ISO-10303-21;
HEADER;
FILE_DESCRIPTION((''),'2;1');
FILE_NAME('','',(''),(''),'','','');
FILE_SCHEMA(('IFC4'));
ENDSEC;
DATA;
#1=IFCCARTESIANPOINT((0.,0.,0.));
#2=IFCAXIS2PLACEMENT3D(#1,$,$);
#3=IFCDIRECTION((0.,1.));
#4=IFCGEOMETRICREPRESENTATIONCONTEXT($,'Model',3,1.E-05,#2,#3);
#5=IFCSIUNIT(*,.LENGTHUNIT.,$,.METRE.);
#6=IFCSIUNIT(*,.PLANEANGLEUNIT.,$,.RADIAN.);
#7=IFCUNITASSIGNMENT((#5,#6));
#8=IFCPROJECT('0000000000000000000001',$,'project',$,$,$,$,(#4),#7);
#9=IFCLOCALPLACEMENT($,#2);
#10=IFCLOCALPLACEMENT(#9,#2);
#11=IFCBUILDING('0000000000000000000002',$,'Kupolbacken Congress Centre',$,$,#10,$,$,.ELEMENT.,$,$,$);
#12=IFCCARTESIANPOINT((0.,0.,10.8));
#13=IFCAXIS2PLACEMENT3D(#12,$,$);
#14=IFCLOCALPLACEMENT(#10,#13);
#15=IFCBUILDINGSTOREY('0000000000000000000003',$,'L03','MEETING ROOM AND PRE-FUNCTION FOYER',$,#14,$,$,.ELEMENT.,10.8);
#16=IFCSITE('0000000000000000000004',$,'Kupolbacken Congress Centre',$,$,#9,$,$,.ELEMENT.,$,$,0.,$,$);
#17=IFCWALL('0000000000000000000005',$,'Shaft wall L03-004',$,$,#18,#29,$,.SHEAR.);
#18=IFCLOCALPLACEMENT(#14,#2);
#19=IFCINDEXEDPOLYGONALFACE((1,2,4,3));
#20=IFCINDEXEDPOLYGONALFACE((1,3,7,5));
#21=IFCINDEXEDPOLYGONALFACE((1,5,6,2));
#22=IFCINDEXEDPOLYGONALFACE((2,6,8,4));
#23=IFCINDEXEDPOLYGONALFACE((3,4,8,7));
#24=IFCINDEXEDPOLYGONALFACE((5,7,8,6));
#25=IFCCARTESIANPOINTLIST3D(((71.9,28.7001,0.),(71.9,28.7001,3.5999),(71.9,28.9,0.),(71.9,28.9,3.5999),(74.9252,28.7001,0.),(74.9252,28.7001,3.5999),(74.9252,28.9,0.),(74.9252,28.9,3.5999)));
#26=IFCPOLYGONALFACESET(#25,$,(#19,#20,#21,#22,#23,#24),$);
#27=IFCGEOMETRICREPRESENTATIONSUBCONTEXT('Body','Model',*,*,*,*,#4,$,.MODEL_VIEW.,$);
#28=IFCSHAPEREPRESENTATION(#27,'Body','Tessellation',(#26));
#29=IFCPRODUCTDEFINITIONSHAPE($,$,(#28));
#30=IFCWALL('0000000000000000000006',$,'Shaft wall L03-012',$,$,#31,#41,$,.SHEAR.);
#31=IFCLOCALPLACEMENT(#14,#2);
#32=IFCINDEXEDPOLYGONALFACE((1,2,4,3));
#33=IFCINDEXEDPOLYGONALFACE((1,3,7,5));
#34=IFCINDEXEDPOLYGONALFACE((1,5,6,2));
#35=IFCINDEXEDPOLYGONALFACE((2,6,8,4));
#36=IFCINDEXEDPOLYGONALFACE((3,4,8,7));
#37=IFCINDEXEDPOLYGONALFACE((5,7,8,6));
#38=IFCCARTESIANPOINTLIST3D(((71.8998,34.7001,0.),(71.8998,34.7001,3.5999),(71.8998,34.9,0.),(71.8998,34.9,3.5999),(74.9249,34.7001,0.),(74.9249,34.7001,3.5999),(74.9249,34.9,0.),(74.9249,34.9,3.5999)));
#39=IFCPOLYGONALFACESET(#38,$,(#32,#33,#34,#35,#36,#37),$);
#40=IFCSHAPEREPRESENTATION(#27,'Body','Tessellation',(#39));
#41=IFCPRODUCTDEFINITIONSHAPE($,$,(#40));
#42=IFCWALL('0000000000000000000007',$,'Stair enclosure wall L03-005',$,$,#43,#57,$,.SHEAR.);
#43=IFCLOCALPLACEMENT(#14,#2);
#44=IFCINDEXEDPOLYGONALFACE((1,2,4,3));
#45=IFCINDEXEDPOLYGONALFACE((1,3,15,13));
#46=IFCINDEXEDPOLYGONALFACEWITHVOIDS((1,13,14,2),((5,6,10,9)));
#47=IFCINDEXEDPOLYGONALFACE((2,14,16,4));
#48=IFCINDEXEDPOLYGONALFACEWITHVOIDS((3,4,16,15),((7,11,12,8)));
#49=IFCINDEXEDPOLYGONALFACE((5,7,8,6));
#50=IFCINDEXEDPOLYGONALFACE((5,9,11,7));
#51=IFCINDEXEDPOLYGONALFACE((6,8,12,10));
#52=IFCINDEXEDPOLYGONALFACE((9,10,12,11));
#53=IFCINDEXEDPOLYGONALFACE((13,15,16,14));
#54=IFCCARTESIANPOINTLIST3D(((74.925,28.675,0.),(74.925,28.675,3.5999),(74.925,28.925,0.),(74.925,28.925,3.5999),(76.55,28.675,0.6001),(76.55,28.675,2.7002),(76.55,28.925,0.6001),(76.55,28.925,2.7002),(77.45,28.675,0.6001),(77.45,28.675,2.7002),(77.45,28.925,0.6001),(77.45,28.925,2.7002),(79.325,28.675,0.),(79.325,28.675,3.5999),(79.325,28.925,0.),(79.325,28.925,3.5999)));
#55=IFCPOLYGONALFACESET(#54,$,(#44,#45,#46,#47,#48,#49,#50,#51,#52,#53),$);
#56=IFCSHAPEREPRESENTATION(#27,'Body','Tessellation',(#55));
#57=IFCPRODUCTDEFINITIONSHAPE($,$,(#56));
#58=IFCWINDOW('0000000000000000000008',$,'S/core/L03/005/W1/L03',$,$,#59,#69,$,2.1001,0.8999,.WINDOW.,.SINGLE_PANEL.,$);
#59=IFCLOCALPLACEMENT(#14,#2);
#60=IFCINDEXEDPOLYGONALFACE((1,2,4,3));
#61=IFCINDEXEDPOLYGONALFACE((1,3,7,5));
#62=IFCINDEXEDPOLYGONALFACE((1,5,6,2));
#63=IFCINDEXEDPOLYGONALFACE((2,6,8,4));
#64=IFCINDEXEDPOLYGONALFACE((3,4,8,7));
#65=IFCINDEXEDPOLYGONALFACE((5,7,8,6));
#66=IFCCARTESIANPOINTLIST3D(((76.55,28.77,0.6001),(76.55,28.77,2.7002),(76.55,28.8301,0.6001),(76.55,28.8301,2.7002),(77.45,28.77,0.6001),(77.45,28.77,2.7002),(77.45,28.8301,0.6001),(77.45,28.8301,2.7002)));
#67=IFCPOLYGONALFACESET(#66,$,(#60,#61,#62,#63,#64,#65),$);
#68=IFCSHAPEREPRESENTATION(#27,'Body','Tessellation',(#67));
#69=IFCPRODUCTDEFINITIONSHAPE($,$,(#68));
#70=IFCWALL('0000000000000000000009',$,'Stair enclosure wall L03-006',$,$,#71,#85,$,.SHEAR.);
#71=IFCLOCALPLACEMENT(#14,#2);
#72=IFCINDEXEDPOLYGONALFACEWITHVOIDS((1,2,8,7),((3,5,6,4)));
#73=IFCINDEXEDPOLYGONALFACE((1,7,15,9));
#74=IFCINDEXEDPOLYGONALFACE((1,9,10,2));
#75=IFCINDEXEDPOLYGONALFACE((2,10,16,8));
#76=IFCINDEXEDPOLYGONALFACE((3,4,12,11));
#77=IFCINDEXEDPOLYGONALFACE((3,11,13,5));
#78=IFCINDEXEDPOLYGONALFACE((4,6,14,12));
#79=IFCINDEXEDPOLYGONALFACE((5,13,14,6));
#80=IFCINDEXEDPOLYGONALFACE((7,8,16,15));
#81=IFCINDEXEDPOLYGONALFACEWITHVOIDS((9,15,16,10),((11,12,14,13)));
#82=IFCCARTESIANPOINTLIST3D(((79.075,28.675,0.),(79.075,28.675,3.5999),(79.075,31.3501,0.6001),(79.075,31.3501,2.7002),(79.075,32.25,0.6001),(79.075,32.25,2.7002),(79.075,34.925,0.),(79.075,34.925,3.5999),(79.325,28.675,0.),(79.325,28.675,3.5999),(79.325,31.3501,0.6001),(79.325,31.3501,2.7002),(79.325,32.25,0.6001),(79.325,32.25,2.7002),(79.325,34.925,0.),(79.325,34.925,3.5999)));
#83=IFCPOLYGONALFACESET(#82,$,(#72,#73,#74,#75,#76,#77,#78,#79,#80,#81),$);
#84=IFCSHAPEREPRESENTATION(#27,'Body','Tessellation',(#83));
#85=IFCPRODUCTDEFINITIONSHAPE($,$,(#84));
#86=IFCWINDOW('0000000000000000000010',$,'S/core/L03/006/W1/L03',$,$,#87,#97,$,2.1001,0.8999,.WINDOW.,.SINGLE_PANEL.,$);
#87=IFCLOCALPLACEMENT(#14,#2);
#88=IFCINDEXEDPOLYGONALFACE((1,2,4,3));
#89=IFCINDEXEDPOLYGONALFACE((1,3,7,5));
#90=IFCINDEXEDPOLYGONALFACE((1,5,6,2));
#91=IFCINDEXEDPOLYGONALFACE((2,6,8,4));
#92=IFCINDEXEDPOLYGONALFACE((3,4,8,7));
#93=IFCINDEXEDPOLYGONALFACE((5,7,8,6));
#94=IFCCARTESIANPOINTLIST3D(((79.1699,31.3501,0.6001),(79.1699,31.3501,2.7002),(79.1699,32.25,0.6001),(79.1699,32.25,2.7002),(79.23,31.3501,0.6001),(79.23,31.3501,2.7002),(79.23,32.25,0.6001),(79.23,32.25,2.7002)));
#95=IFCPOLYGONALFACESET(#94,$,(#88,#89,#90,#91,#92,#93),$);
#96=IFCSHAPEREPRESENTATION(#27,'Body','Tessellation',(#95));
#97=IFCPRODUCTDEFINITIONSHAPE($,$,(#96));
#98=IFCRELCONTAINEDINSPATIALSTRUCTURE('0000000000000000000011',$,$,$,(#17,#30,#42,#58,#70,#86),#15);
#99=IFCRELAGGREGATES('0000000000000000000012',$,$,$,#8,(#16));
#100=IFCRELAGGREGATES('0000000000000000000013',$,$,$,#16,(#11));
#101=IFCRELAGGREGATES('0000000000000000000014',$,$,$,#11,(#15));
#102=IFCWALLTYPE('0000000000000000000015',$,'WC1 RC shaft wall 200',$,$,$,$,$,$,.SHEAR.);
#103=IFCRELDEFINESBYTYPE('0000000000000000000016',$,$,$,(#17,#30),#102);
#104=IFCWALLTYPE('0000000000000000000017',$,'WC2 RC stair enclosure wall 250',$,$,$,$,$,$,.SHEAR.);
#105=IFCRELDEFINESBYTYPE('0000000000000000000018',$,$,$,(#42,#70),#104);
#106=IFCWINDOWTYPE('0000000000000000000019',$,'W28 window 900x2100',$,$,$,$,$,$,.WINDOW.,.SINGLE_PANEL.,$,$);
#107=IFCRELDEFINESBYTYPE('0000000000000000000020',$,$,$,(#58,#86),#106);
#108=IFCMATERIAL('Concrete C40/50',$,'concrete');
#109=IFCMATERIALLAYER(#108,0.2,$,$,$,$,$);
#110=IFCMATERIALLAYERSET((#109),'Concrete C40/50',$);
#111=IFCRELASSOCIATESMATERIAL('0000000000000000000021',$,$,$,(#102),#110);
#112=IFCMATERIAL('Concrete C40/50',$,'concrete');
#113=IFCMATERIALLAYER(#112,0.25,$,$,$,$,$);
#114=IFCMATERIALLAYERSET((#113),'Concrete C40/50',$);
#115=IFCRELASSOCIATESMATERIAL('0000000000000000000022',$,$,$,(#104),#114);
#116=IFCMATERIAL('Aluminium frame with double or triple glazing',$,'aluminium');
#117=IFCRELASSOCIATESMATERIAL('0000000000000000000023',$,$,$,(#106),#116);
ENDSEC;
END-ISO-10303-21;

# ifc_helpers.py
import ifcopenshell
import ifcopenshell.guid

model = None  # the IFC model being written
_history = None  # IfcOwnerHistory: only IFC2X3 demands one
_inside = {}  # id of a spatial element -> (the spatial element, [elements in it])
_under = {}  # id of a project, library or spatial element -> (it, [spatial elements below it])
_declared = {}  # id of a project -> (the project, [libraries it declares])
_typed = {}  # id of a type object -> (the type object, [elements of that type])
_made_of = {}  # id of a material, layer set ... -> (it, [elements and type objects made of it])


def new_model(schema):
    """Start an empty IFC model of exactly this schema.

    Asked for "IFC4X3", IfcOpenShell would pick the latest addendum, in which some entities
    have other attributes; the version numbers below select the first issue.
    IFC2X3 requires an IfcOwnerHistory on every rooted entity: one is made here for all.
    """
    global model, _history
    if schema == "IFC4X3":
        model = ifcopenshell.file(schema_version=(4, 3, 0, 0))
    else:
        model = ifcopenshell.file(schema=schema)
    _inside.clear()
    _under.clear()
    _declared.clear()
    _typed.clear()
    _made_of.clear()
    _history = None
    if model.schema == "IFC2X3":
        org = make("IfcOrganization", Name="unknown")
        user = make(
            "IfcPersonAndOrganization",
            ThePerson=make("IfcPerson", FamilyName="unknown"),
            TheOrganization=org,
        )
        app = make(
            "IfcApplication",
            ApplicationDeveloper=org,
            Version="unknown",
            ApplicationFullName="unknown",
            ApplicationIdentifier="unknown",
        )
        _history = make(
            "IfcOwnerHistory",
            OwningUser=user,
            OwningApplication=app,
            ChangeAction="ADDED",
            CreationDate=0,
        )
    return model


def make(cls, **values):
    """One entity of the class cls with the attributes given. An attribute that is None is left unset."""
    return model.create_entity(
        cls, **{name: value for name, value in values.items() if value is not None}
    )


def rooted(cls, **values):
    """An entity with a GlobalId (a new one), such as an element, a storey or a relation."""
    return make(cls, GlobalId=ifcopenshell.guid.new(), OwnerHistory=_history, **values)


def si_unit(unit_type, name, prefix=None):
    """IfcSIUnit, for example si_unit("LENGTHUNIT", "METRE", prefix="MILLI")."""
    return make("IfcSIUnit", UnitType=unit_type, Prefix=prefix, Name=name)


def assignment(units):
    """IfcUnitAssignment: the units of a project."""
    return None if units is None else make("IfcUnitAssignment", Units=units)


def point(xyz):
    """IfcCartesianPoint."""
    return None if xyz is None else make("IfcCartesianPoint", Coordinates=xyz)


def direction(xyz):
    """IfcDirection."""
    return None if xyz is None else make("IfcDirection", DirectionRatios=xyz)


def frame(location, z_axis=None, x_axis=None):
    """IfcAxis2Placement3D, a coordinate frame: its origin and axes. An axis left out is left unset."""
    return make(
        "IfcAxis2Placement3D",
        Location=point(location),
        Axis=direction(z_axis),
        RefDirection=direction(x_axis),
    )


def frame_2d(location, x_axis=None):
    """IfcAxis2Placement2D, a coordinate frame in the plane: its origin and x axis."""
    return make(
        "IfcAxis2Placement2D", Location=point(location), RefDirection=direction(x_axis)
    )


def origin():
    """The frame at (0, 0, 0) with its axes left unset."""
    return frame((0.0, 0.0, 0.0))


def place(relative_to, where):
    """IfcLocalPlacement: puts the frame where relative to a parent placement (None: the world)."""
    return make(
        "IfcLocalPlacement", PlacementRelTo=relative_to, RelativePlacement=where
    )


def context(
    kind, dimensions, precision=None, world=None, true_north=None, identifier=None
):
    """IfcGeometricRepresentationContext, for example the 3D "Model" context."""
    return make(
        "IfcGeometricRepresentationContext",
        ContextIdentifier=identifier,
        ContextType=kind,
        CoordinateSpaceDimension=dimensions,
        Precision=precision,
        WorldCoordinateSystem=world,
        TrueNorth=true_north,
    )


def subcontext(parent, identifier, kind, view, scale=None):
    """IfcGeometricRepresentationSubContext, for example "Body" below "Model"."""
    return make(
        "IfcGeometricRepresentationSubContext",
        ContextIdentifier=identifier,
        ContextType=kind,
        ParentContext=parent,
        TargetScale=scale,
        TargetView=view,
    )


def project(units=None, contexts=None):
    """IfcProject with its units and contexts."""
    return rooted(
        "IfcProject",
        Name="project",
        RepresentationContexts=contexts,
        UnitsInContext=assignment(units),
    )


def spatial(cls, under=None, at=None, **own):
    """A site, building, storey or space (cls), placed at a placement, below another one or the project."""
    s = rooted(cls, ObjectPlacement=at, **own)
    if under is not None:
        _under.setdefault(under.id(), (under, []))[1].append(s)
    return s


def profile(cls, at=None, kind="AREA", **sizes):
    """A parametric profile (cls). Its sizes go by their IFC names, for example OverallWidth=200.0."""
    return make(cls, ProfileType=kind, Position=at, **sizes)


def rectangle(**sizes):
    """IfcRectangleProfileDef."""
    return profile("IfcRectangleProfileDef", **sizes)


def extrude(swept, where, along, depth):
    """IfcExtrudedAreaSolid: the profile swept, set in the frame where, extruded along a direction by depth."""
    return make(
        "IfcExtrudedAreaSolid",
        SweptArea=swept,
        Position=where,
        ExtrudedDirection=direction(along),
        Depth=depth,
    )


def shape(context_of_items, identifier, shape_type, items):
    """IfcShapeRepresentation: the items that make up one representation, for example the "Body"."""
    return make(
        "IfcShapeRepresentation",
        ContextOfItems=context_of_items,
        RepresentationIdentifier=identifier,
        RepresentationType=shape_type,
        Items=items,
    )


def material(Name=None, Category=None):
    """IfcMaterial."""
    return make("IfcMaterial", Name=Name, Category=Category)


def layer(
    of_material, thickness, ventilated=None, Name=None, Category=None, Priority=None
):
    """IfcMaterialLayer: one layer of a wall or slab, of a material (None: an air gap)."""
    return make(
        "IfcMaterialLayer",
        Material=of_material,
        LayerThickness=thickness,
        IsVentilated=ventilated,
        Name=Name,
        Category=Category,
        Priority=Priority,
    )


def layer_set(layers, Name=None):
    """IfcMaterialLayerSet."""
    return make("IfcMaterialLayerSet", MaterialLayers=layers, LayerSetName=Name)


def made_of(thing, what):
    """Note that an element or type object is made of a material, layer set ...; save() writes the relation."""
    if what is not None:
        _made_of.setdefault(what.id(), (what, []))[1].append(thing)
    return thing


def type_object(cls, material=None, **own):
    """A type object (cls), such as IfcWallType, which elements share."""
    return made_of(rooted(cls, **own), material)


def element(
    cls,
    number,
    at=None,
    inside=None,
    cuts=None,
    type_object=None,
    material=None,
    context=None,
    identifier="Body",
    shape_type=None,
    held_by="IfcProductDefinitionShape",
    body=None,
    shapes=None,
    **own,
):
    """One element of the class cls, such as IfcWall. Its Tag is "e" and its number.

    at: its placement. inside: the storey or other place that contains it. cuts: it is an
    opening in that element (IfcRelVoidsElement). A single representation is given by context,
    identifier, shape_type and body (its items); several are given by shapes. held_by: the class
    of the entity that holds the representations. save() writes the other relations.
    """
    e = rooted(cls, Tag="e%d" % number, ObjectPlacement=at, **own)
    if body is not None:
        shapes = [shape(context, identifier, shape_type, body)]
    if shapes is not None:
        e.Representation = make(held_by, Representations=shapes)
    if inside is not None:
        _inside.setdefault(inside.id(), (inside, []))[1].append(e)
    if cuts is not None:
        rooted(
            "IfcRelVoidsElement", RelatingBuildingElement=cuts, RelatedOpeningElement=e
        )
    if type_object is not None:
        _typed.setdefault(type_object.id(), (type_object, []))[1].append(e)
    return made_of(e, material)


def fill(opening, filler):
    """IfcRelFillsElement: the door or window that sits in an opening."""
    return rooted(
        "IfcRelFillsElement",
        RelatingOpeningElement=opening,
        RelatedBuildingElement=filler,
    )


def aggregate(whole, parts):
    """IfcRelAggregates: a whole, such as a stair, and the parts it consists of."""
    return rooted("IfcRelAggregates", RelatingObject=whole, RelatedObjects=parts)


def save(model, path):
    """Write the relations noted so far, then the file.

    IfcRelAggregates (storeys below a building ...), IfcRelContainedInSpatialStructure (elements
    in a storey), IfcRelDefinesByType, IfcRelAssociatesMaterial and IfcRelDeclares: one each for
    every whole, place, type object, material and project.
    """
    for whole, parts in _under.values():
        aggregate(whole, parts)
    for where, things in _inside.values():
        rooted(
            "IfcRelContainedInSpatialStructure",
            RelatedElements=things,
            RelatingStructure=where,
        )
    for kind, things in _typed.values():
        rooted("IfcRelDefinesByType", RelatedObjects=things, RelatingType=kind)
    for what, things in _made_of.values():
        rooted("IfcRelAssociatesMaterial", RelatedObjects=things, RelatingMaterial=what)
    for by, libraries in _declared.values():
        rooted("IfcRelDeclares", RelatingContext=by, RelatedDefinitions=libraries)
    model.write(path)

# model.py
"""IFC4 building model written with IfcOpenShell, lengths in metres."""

from ifc_helpers import new_model, si_unit, direction, frame, frame_2d, origin, place, context, subcontext, project, spatial, rectangle, extrude, material, layer, layer_set, type_object, element, fill, save


model = new_model("IFC4")

# Units and contexts
model_context = context("Model", 3, precision=1e-05, world=origin(), true_north=direction((0.0, 1.0)))
body_context = subcontext(model_context, "Body", "Model", "MODEL_VIEW")
ifc_project = project(units=[si_unit("LENGTHUNIT", "METRE"), si_unit("PLANEANGLEUNIT", "RADIAN")], contexts=[model_context])

# Site, building, storey
site_placement = place(None, origin())
site = spatial("IfcSite", under=ifc_project, at=site_placement, Name="Kupolbacken Congress Centre", CompositionType="ELEMENT", RefElevation=0.0)
building_placement = place(site_placement, origin())
building = spatial("IfcBuilding", under=site, at=building_placement, Name="Kupolbacken Congress Centre", CompositionType="ELEMENT")
storey_placement = place(building_placement, frame((0.0, 0.0, 10.8)))
storey = spatial("IfcBuildingStorey", under=building, at=storey_placement, Name="L03", Description="MEETING ROOM AND PRE-FUNCTION FOYER", CompositionType="ELEMENT", Elevation=10.8)

# Walls
ifc_material_1 = material(Name="Concrete C40/50", Category="concrete")
ifc_layer_1 = layer(ifc_material_1, 0.2)
ifc_layer_set_1 = layer_set([ifc_layer_1], Name="Concrete C40/50")
wall_type_1 = type_object("IfcWallType", Name="WC1 RC shaft wall 200", PredefinedType="SHEAR", material=ifc_layer_set_1)
for number, where, z_axis, x_axis, name in (
    (1, (71.8999, 28.8, 0.0), (0.0, 0.0, 1.0), (1.0, 0.0, 0.0), "Shaft wall L03-004"),
    (2, (74.925, 34.8, 0.0), (0.0, 0.0, 1.0), (-1.0, 0.0, 0.0), "Shaft wall L03-012"),
):
    element("IfcWall", number, at=place(storey_placement, frame(where, z_axis=z_axis, x_axis=x_axis)), inside=storey, type_object=wall_type_1, Name=name, PredefinedType="SHEAR", context=body_context, shape_type="SweptSolid", body=[
        extrude(rectangle(XDim=3.0251, YDim=0.2, at=frame_2d((1.5127, 0.0))), origin(), (0.0, 0.0, 1.0), 3.5999),
    ])

# Walls, openings, windows
ifc_material_2 = material(Name="Concrete C40/50", Category="concrete")
ifc_layer_2 = layer(ifc_material_2, 0.25)
ifc_layer_set_2 = layer_set([ifc_layer_2], Name="Concrete C40/50")
wall_type_2 = type_object("IfcWallType", Name="WC2 RC stair enclosure wall 250", PredefinedType="SHEAR", material=ifc_layer_set_2)
wall_1_placement = place(storey_placement, frame((74.925, 28.8, 0.0), z_axis=(0.0, 0.0, 1.0), x_axis=(1.0, 0.0, 0.0)))
wall_1 = element("IfcWall", 3, at=wall_1_placement, inside=storey, type_object=wall_type_2, Name="Stair enclosure wall L03-005", PredefinedType="SHEAR", context=body_context, shape_type="SweptSolid", body=[
    extrude(rectangle(XDim=4.3999, YDim=0.25, at=frame_2d((2.2, 0.0))), origin(), (0.0, 0.0, 1.0), 3.5999),
])
opening_1_placement = place(wall_1_placement, frame((1.625, 0.0, 0.6001)))
opening_1 = element("IfcOpeningElement", 4, at=opening_1_placement, cuts=wall_1, PredefinedType="OPENING", context=body_context, shape_type="SweptSolid", body=[
    extrude(rectangle(XDim=0.8999, YDim=2.1001, at=frame_2d((0.45, 1.05))), frame((0.0, 0.135, 0.0), z_axis=(0.0, -1.0, 0.0), x_axis=(1.0, 0.0, 0.0)), (0.0, 0.0, 1.0), 0.27),
])
ifc_material_3 = material(Name="Aluminium frame with double or triple glazing", Category="aluminium")
window_type = type_object("IfcWindowType", Name="W28 window 900x2100", PartitioningType="SINGLE_PANEL", PredefinedType="WINDOW", material=ifc_material_3)
window_1_placement = place(opening_1_placement, origin())
window_1 = element("IfcWindow", 5, at=window_1_placement, inside=storey, type_object=window_type, Name="S/core/L03/005/W1/L03", OverallHeight=2.1001, OverallWidth=0.8999, PartitioningType="SINGLE_PANEL", PredefinedType="WINDOW", context=body_context, shape_type="SweptSolid", body=[
    extrude(rectangle(XDim=0.8999, YDim=2.1001, at=frame_2d((0.45, 1.05))), frame((0.0, 0.03, 0.0), z_axis=(0.0, -1.0, 0.0), x_axis=(1.0, 0.0, 0.0)), (0.0, 0.0, 1.0), 0.0601),
])
fill(opening_1, window_1)
wall_2_placement = place(storey_placement, frame((79.2, 28.675, 0.0), z_axis=(0.0, 0.0, 1.0), x_axis=(0.0, 1.0, 0.0)))
wall_2 = element("IfcWall", 6, at=wall_2_placement, inside=storey, type_object=wall_type_2, Name="Stair enclosure wall L03-006", PredefinedType="SHEAR", context=body_context, shape_type="SweptSolid", body=[
    extrude(rectangle(XDim=6.25, YDim=0.25, at=frame_2d((3.125, 0.0))), origin(), (0.0, 0.0, 1.0), 3.5999),
])
opening_2_placement = place(wall_2_placement, frame((2.675, 0.0, 0.6001)))
opening_2 = element("IfcOpeningElement", 7, at=opening_2_placement, cuts=wall_2, PredefinedType="OPENING", context=body_context, shape_type="SweptSolid", body=[
    extrude(rectangle(XDim=0.8999, YDim=2.1001, at=frame_2d((0.45, 1.05))), frame((0.0, 0.135, 0.0), z_axis=(0.0, -1.0, 0.0), x_axis=(1.0, 0.0, 0.0)), (0.0, 0.0, 1.0), 0.27),
])
window_2_placement = place(opening_2_placement, origin())
window_2 = element("IfcWindow", 8, at=window_2_placement, inside=storey, type_object=window_type, Name="S/core/L03/006/W1/L03", OverallHeight=2.1001, OverallWidth=0.8999, PartitioningType="SINGLE_PANEL", PredefinedType="WINDOW", context=body_context, shape_type="SweptSolid", body=[
    extrude(rectangle(XDim=0.8999, YDim=2.1001, at=frame_2d((0.45, 1.05))), frame((0.0, 0.03, 0.0), z_axis=(0.0, -1.0, 0.0), x_axis=(1.0, 0.0, 0.0)), (0.0, 0.0, 1.0), 0.0601),
])
fill(opening_2, window_2)

save(model, "model.ifc")
